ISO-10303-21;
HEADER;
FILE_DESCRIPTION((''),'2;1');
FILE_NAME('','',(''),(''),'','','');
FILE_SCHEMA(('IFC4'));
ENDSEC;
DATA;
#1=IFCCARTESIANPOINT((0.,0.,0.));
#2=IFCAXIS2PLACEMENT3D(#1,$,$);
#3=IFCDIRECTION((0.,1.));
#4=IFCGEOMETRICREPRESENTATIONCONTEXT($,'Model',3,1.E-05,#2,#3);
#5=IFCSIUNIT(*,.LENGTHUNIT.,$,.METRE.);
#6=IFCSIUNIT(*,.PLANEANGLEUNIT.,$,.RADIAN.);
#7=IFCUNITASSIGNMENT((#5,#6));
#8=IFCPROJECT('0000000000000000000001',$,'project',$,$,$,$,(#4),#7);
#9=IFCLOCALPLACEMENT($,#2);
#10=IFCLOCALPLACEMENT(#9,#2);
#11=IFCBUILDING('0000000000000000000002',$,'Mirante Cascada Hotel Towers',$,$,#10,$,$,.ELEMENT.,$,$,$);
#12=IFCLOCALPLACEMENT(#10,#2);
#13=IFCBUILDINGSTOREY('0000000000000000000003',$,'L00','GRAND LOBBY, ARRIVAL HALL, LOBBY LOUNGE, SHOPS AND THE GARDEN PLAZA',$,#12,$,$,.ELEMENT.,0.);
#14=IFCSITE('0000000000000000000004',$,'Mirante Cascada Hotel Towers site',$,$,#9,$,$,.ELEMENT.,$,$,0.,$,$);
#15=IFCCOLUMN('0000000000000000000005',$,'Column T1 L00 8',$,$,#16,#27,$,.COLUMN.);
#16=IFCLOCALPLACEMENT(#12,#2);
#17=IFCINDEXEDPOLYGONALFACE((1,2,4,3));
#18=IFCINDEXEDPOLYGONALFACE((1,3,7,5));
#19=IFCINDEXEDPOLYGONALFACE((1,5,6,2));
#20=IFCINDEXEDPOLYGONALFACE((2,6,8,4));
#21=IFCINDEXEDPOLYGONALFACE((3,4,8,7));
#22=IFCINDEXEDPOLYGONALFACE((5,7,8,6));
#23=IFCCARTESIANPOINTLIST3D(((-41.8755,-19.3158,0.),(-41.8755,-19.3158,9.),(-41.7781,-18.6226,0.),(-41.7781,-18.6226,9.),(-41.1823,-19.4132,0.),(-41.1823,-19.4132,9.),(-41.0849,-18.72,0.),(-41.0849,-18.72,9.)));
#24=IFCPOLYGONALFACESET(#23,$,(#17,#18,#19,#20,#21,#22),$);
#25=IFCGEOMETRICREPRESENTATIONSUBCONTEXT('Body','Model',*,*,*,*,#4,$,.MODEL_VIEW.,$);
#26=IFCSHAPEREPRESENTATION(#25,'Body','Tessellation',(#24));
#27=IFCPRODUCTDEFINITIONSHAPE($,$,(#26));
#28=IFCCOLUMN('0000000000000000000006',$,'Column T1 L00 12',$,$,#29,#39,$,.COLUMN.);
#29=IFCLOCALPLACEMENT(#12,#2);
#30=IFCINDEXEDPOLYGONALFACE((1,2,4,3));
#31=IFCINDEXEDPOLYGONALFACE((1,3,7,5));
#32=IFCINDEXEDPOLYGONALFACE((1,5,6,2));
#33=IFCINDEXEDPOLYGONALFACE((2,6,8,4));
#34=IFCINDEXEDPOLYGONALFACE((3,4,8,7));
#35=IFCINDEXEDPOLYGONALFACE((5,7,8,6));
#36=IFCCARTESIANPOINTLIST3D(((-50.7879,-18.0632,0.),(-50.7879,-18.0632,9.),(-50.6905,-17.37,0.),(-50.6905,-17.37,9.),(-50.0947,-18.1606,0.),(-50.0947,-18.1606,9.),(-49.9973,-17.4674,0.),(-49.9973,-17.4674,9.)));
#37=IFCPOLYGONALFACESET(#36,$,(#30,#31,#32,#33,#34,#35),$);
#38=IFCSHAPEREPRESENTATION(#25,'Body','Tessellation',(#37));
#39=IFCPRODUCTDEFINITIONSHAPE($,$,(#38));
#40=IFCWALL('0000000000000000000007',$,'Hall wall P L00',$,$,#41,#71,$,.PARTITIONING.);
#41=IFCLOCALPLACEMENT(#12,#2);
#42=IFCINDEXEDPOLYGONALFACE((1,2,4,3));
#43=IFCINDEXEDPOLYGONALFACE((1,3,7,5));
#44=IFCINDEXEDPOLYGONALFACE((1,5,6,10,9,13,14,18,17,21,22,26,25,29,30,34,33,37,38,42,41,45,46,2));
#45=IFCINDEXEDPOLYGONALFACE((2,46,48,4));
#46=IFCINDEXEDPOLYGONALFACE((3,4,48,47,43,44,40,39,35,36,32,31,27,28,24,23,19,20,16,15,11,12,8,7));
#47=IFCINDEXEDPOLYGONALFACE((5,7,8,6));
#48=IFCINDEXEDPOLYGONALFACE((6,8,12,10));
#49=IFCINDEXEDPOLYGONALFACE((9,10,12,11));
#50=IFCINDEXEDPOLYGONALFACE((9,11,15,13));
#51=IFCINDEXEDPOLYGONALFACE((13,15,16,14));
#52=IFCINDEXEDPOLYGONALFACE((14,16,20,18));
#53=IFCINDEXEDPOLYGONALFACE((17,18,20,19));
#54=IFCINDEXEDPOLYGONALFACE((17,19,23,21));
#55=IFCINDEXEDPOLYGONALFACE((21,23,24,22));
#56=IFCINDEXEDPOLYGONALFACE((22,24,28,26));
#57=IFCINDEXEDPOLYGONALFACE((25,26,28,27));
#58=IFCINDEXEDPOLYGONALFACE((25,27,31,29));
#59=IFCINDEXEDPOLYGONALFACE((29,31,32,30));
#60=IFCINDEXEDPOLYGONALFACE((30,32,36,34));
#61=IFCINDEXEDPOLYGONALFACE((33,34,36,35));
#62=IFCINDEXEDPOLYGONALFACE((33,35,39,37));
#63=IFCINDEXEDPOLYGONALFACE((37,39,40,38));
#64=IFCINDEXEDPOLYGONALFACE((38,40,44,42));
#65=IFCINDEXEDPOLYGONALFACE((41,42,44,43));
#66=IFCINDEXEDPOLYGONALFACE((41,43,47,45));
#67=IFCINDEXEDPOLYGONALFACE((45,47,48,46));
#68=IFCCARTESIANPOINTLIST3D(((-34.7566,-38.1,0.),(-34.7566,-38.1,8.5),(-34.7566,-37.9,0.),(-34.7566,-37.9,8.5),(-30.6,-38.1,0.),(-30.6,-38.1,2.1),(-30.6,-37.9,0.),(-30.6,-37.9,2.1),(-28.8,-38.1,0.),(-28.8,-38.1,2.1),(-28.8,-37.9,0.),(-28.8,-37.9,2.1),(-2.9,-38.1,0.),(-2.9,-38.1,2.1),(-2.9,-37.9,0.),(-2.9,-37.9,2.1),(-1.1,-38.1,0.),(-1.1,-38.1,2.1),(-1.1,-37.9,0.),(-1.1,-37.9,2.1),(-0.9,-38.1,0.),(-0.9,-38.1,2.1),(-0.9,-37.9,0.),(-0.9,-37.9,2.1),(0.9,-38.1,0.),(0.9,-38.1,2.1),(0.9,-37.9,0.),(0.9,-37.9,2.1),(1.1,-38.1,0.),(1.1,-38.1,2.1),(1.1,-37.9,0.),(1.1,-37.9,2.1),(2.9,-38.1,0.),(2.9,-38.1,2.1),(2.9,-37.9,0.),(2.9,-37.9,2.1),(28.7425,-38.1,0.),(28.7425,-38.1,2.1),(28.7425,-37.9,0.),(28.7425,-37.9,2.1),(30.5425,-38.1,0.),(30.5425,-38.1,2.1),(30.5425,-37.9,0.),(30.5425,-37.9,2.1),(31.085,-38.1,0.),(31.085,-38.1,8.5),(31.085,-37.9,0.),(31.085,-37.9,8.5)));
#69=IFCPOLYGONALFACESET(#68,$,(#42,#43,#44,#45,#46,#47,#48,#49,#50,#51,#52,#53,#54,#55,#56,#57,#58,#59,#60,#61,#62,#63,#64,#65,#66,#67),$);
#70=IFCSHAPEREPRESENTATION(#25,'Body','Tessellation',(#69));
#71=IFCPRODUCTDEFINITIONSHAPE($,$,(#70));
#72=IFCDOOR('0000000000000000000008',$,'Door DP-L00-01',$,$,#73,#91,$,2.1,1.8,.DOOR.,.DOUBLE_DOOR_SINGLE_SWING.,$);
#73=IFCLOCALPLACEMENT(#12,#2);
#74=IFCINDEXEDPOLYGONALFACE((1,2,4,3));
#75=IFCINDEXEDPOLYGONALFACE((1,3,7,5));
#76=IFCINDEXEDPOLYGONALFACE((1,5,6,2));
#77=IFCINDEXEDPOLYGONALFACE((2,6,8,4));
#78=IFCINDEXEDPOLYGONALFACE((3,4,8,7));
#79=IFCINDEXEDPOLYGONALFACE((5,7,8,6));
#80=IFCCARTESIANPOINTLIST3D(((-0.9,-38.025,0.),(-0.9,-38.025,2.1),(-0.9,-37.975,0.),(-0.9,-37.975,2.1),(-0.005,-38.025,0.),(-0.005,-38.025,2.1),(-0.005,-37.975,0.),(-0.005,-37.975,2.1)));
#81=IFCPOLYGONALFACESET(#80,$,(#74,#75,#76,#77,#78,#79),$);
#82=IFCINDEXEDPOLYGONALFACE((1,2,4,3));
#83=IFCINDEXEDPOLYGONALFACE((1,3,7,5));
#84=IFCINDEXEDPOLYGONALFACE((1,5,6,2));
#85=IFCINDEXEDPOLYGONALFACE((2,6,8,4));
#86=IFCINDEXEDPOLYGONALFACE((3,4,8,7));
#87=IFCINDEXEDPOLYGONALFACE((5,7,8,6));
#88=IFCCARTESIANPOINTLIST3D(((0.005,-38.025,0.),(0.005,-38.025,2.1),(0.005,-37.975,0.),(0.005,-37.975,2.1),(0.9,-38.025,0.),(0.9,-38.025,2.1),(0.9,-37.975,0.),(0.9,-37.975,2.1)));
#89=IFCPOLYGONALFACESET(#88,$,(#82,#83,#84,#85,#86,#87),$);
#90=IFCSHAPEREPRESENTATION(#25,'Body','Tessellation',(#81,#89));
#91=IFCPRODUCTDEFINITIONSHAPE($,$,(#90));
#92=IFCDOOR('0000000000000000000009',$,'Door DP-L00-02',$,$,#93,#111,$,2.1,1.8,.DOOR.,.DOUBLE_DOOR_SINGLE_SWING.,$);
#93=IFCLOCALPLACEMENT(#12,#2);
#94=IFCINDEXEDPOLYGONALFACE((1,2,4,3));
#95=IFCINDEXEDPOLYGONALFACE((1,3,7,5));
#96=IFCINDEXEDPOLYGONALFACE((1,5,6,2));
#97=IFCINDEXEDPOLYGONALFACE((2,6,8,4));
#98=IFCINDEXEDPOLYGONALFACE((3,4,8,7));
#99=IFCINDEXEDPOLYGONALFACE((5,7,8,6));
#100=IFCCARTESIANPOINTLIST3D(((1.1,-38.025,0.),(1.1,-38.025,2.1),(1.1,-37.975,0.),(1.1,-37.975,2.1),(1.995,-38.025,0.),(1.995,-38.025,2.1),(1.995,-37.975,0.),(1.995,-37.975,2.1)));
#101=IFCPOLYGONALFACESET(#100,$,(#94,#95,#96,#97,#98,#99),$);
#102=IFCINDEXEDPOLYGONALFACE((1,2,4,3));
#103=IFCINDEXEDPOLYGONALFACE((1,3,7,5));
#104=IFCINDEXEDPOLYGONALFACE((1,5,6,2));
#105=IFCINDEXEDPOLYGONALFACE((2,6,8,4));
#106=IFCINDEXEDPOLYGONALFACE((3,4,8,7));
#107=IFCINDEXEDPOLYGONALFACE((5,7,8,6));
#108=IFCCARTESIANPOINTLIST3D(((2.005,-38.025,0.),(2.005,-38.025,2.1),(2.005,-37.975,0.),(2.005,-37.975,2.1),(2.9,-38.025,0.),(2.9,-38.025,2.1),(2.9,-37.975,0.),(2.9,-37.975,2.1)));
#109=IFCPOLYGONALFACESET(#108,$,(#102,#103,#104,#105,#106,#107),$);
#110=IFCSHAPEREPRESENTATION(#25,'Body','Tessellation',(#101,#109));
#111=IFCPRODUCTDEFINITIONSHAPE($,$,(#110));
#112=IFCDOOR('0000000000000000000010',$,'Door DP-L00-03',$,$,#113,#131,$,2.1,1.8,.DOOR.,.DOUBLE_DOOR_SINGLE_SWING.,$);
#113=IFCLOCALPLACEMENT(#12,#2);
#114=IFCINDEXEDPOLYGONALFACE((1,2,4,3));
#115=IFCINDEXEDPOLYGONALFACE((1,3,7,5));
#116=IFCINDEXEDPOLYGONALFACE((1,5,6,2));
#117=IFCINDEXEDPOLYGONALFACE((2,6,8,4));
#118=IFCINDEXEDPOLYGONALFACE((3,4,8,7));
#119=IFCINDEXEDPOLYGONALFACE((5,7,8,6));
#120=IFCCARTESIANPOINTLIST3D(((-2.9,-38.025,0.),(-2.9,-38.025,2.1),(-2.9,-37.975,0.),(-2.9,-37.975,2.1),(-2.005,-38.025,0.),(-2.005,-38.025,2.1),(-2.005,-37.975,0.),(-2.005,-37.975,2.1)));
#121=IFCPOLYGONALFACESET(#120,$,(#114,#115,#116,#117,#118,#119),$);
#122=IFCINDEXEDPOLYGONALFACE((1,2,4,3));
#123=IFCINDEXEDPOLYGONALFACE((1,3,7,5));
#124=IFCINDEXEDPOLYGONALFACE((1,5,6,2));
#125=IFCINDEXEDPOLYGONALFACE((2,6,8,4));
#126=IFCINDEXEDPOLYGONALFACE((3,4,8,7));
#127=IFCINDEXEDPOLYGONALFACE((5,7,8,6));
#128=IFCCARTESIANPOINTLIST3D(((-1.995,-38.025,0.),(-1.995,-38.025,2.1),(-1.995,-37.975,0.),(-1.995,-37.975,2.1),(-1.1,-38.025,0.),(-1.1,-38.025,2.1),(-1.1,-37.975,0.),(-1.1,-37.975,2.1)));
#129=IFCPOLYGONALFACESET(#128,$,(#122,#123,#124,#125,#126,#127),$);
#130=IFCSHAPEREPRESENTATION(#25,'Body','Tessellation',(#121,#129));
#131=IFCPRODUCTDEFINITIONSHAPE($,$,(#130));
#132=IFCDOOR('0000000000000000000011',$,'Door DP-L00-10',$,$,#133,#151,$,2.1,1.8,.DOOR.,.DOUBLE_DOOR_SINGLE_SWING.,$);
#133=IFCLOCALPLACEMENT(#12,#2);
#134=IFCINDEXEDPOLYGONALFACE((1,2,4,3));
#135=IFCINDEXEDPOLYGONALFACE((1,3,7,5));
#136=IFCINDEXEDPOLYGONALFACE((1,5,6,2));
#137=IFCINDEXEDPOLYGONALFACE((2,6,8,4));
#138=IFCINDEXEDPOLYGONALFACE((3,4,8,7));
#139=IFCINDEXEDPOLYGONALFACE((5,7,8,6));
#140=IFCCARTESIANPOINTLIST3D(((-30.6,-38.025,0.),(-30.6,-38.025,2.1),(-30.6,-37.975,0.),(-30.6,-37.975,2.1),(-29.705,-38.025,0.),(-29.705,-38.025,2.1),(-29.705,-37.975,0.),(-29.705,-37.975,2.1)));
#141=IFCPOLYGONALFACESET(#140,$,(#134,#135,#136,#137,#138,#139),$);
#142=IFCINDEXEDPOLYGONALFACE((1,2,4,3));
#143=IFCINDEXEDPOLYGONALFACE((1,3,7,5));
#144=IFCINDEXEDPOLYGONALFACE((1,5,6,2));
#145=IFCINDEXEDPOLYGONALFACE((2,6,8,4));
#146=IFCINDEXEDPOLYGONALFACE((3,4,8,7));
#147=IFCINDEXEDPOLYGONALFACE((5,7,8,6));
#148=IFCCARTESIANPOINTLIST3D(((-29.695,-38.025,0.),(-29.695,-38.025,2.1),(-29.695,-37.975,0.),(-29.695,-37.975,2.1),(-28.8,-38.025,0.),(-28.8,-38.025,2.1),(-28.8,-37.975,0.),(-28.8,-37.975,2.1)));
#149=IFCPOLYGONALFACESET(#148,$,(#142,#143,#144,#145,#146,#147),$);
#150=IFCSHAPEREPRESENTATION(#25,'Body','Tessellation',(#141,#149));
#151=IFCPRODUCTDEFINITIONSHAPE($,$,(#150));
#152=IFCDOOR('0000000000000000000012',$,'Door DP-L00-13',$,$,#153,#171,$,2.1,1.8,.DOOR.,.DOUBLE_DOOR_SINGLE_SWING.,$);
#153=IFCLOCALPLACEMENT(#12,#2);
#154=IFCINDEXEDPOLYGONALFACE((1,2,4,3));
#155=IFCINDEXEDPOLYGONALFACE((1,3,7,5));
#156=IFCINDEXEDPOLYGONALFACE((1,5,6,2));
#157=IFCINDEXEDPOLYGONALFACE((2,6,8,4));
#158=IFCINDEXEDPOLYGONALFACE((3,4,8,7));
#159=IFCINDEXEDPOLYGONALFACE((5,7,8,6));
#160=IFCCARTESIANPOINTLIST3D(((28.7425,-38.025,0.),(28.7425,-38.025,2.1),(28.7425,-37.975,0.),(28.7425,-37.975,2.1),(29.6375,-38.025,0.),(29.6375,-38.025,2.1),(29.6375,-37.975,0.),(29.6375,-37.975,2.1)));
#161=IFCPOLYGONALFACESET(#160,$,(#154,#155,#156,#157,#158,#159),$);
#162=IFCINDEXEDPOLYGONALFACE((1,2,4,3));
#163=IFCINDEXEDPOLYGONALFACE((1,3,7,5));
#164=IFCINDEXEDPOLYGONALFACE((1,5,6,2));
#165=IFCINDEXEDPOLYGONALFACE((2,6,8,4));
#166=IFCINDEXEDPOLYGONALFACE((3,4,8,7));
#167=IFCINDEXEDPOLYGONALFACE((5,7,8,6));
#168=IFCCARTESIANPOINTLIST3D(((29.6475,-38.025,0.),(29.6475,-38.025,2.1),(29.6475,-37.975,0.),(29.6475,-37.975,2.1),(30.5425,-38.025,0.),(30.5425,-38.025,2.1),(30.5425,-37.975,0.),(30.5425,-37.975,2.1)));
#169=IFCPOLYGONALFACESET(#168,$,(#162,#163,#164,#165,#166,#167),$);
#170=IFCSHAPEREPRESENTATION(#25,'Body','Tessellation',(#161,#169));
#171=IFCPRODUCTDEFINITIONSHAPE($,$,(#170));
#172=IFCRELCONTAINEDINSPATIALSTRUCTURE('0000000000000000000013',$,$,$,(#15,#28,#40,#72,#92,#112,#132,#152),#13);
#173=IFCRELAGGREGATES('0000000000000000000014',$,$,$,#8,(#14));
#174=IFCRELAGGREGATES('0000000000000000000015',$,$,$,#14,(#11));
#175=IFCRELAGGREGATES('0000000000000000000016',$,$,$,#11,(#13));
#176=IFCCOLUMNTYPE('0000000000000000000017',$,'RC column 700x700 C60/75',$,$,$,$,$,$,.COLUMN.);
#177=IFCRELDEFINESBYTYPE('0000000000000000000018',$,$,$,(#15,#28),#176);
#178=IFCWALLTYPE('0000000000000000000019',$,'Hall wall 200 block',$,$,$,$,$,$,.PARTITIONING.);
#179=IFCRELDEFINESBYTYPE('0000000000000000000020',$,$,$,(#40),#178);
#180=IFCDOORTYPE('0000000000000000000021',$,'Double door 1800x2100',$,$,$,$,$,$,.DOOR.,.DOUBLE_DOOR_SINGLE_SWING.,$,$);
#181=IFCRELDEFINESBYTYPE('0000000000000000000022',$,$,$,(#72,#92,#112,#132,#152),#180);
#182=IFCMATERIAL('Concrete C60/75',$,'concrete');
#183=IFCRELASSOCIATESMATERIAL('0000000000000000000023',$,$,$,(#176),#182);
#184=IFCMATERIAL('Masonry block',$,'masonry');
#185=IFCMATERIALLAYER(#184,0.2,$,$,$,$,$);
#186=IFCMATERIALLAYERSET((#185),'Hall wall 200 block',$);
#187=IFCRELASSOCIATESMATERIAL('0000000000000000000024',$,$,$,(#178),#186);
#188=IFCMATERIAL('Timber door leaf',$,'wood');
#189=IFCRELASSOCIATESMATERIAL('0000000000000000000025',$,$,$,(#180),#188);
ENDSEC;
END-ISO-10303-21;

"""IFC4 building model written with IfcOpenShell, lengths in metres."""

from ifc_helpers import new_model, si_unit, direction, frame, frame_2d, origin, origin_2d, place, context, subcontext, project, spatial, rectangle, extrude, material, layer, layer_set, material_profile, profile_set, type_object, element, fill, save


model = new_model("IFC4")

# Units and contexts
model_context = context("Model", 3, precision=1e-05, world=origin(), true_north=direction((0.0, 1.0)))
body_context = subcontext(model_context, "Body", "Model", "MODEL_VIEW")
ifc_project = project(units=[si_unit("LENGTHUNIT", "METRE"), si_unit("PLANEANGLEUNIT", "RADIAN")], contexts=[model_context])

# Site, building, storey
site_placement = place(None, origin())
site = spatial("IfcSite", under=ifc_project, at=site_placement, Name="Mirante Cascada Hotel Towers site", CompositionType="ELEMENT", RefElevation=0.0)
building_placement = place(site_placement, origin())
building = spatial("IfcBuilding", under=site, at=building_placement, Name="Mirante Cascada Hotel Towers", CompositionType="ELEMENT")
storey_placement = place(building_placement, origin())
storey = spatial("IfcBuildingStorey", under=building, at=storey_placement, Name="L00", Description="GRAND LOBBY, ARRIVAL HALL, LOBBY LOUNGE, SHOPS AND THE GARDEN PLAZA", CompositionType="ELEMENT", Elevation=0.0)

# Columns
ifc_material_1 = material(Name="Concrete C60/75", Category="concrete")
ifc_material_profile = material_profile(ifc_material_1, rectangle(XDim=0.7, YDim=0.7, at=origin_2d()), Name="RC column 700x700 C60/75")
ifc_profile_set = profile_set([ifc_material_profile], Name="Concrete C60/75")
column_type = type_object("IfcColumnType", Name="RC column 700x700 C60/75", PredefinedType="COLUMN", material=ifc_profile_set)
for number, where, z_axis, x_axis, name in (
    (1, (-41.4802, -19.0179, 0.0), (0.0, 0.0, 1.0), (-0.990268, 0.139173, 0.0), "Column T1 L00 8"),
    (2, (-50.3926, -17.7653, 0.0), (0.0, 0.0, 1.0), (-0.990268, 0.139173, 0.0), "Column T1 L00 12"),
):
    element("IfcColumn", number, at=place(storey_placement, frame(where, z_axis=z_axis, x_axis=x_axis)), inside=storey, type_object=column_type, Name=name, PredefinedType="COLUMN", context=body_context, shape_type="SweptSolid", body=[
        extrude(rectangle(XDim=0.7, YDim=0.7, at=origin_2d()), origin(), (0.0, 0.0, 1.0), 9.0),
    ])

# Wall, openings, doors
ifc_material_2 = material(Name="Masonry block", Category="masonry")
ifc_layer_1 = layer(ifc_material_2, 0.2)
ifc_layer_set_1 = layer_set([ifc_layer_1], Name="Hall wall 200 block")
wall_type_1 = type_object("IfcWallType", Name="Hall wall 200 block", PredefinedType="PARTITIONING", material=ifc_layer_set_1)
wall_1_placement = place(storey_placement, frame((-34.7566, -38.0, 0.0), z_axis=(0.0, 0.0, 1.0), x_axis=(1.0, 0.0, 0.0)))
wall_1 = element("IfcWall", 3, at=wall_1_placement, inside=storey, type_object=wall_type_1, Name="Hall wall P L00", PredefinedType="PARTITIONING", context=body_context, shape_type="SweptSolid", body=[
    extrude(rectangle(XDim=65.8416, YDim=0.2, at=frame_2d((32.9208, 0.0))), origin(), (0.0, 0.0, 1.0), 8.5),
])
opening_1_placement = place(wall_1_placement, frame((33.8566, 0.0, 0.0)))
opening_1 = element("IfcOpeningElement", 4, at=opening_1_placement, cuts=wall_1, PredefinedType="OPENING", context=body_context, shape_type="SweptSolid", body=[
    extrude(rectangle(XDim=1.8, YDim=2.1, at=frame_2d((0.9, 1.05))), frame((0.0, 0.1, 0.0), z_axis=(0.0, -1.0, 0.0), x_axis=(1.0, 0.0, 0.0)), (0.0, 0.0, 1.0), 0.2),
])
opening_2_placement = place(wall_1_placement, frame((35.8566, 0.0, 0.0)))
opening_2 = element("IfcOpeningElement", 5, at=opening_2_placement, cuts=wall_1, PredefinedType="OPENING", context=body_context, shape_type="SweptSolid", body=[
    extrude(rectangle(XDim=1.8, YDim=2.1, at=frame_2d((0.9, 1.05))), frame((0.0, 0.1, 0.0), z_axis=(0.0, -1.0, 0.0), x_axis=(1.0, 0.0, 0.0)), (0.0, 0.0, 1.0), 0.2),
])
opening_3_placement = place(wall_1_placement, frame((31.8566, 0.0, 0.0)))
opening_3 = element("IfcOpeningElement", 6, at=opening_3_placement, cuts=wall_1, PredefinedType="OPENING", context=body_context, shape_type="SweptSolid", body=[
    extrude(rectangle(XDim=1.8, YDim=2.1, at=frame_2d((0.9, 1.05))), frame((0.0, 0.1, 0.0), z_axis=(0.0, -1.0, 0.0), x_axis=(1.0, 0.0, 0.0)), (0.0, 0.0, 1.0), 0.2),
])
opening_4_placement = place(wall_1_placement, frame((4.1566, 0.0, 0.0)))
opening_4 = element("IfcOpeningElement", 7, at=opening_4_placement, cuts=wall_1, PredefinedType="OPENING", context=body_context, shape_type="SweptSolid", body=[
    extrude(rectangle(XDim=1.8, YDim=2.1, at=frame_2d((0.9, 1.05))), frame((0.0, 0.1, 0.0), z_axis=(0.0, -1.0, 0.0), x_axis=(1.0, 0.0, 0.0)), (0.0, 0.0, 1.0), 0.2),
])
opening_5_placement = place(wall_1_placement, frame((63.4991, 0.0, 0.0)))
opening_5 = element("IfcOpeningElement", 8, at=opening_5_placement, cuts=wall_1, PredefinedType="OPENING", context=body_context, shape_type="SweptSolid", body=[
    extrude(rectangle(XDim=1.8, YDim=2.1, at=frame_2d((0.9, 1.05))), frame((0.0, 0.1, 0.0), z_axis=(0.0, -1.0, 0.0), x_axis=(1.0, 0.0, 0.0)), (0.0, 0.0, 1.0), 0.2),
])
ifc_material_3 = material(Name="Timber door leaf", Category="wood")
door_type_1 = type_object("IfcDoorType", Name="Double door 1800x2100", OperationType="DOUBLE_DOOR_SINGLE_SWING", PredefinedType="DOOR", material=ifc_material_3)
door_1_placement = place(opening_1_placement, origin())
door_1 = element("IfcDoor", 9, at=door_1_placement, inside=storey, type_object=door_type_1, Name="Door DP-L00-01", OperationType="DOUBLE_DOOR_SINGLE_SWING", OverallHeight=2.1, OverallWidth=1.8, PredefinedType="DOOR", context=body_context, shape_type="SweptSolid", body=[
    extrude(rectangle(XDim=0.895, YDim=2.1, at=frame_2d((0.4475, 1.05))), frame((0.0, 0.025, 0.0), z_axis=(0.0, -1.0, 0.0), x_axis=(1.0, 0.0, 0.0)), (0.0, 0.0, 1.0), 0.05),
    extrude(rectangle(XDim=0.895, YDim=2.1, at=frame_2d((1.3525, 1.05))), frame((0.0, 0.025, 0.0), z_axis=(0.0, -1.0, 0.0), x_axis=(1.0, 0.0, 0.0)), (0.0, 0.0, 1.0), 0.05),
])
fill(opening_1, door_1)
door_2_placement = place(opening_2_placement, origin())
door_2 = element("IfcDoor", 10, at=door_2_placement, inside=storey, type_object=door_type_1, Name="Door DP-L00-02", OperationType="DOUBLE_DOOR_SINGLE_SWING", OverallHeight=2.1, OverallWidth=1.8, PredefinedType="DOOR", context=body_context, shape_type="SweptSolid", body=[
    extrude(rectangle(XDim=0.895, YDim=2.1, at=frame_2d((0.4475, 1.05))), frame((0.0, 0.025, 0.0), z_axis=(0.0, -1.0, 0.0), x_axis=(1.0, 0.0, 0.0)), (0.0, 0.0, 1.0), 0.05),
    extrude(rectangle(XDim=0.895, YDim=2.1, at=frame_2d((1.3525, 1.05))), frame((0.0, 0.025, 0.0), z_axis=(0.0, -1.0, 0.0), x_axis=(1.0, 0.0, 0.0)), (0.0, 0.0, 1.0), 0.05),
])
fill(opening_2, door_2)
door_3_placement = place(opening_3_placement, origin())
door_3 = element("IfcDoor", 11, at=door_3_placement, inside=storey, type_object=door_type_1, Name="Door DP-L00-03", OperationType="DOUBLE_DOOR_SINGLE_SWING", OverallHeight=2.1, OverallWidth=1.8, PredefinedType="DOOR", context=body_context, shape_type="SweptSolid", body=[
    extrude(rectangle(XDim=0.895, YDim=2.1, at=frame_2d((0.4475, 1.05))), frame((0.0, 0.025, 0.0), z_axis=(0.0, -1.0, 0.0), x_axis=(1.0, 0.0, 0.0)), (0.0, 0.0, 1.0), 0.05),
    extrude(rectangle(XDim=0.895, YDim=2.1, at=frame_2d((1.3525, 1.05))), frame((0.0, 0.025, 0.0), z_axis=(0.0, -1.0, 0.0), x_axis=(1.0, 0.0, 0.0)), (0.0, 0.0, 1.0), 0.05),
])
fill(opening_3, door_3)
door_4_placement = place(opening_4_placement, origin())
door_4 = element("IfcDoor", 12, at=door_4_placement, inside=storey, type_object=door_type_1, Name="Door DP-L00-10", OperationType="DOUBLE_DOOR_SINGLE_SWING", OverallHeight=2.1, OverallWidth=1.8, PredefinedType="DOOR", context=body_context, shape_type="SweptSolid", body=[
    extrude(rectangle(XDim=0.895, YDim=2.1, at=frame_2d((0.4475, 1.05))), frame((0.0, 0.025, 0.0), z_axis=(0.0, -1.0, 0.0), x_axis=(1.0, 0.0, 0.0)), (0.0, 0.0, 1.0), 0.05),
    extrude(rectangle(XDim=0.895, YDim=2.1, at=frame_2d((1.3525, 1.05))), frame((0.0, 0.025, 0.0), z_axis=(0.0, -1.0, 0.0), x_axis=(1.0, 0.0, 0.0)), (0.0, 0.0, 1.0), 0.05),
])
fill(opening_4, door_4)
door_5_placement = place(opening_5_placement, origin())
door_5 = element("IfcDoor", 13, at=door_5_placement, inside=storey, type_object=door_type_1, Name="Door DP-L00-13", OperationType="DOUBLE_DOOR_SINGLE_SWING", OverallHeight=2.1, OverallWidth=1.8, PredefinedType="DOOR", context=body_context, shape_type="SweptSolid", body=[
    extrude(rectangle(XDim=0.895, YDim=2.1, at=frame_2d((0.4475, 1.05))), frame((0.0, 0.025, 0.0), z_axis=(0.0, -1.0, 0.0), x_axis=(1.0, 0.0, 0.0)), (0.0, 0.0, 1.0), 0.05),
    extrude(rectangle(XDim=0.895, YDim=2.1, at=frame_2d((1.3525, 1.05))), frame((0.0, 0.025, 0.0), z_axis=(0.0, -1.0, 0.0), x_axis=(1.0, 0.0, 0.0)), (0.0, 0.0, 1.0), 0.05),
])
fill(opening_5, door_5)

save(model, "model.ifc")
